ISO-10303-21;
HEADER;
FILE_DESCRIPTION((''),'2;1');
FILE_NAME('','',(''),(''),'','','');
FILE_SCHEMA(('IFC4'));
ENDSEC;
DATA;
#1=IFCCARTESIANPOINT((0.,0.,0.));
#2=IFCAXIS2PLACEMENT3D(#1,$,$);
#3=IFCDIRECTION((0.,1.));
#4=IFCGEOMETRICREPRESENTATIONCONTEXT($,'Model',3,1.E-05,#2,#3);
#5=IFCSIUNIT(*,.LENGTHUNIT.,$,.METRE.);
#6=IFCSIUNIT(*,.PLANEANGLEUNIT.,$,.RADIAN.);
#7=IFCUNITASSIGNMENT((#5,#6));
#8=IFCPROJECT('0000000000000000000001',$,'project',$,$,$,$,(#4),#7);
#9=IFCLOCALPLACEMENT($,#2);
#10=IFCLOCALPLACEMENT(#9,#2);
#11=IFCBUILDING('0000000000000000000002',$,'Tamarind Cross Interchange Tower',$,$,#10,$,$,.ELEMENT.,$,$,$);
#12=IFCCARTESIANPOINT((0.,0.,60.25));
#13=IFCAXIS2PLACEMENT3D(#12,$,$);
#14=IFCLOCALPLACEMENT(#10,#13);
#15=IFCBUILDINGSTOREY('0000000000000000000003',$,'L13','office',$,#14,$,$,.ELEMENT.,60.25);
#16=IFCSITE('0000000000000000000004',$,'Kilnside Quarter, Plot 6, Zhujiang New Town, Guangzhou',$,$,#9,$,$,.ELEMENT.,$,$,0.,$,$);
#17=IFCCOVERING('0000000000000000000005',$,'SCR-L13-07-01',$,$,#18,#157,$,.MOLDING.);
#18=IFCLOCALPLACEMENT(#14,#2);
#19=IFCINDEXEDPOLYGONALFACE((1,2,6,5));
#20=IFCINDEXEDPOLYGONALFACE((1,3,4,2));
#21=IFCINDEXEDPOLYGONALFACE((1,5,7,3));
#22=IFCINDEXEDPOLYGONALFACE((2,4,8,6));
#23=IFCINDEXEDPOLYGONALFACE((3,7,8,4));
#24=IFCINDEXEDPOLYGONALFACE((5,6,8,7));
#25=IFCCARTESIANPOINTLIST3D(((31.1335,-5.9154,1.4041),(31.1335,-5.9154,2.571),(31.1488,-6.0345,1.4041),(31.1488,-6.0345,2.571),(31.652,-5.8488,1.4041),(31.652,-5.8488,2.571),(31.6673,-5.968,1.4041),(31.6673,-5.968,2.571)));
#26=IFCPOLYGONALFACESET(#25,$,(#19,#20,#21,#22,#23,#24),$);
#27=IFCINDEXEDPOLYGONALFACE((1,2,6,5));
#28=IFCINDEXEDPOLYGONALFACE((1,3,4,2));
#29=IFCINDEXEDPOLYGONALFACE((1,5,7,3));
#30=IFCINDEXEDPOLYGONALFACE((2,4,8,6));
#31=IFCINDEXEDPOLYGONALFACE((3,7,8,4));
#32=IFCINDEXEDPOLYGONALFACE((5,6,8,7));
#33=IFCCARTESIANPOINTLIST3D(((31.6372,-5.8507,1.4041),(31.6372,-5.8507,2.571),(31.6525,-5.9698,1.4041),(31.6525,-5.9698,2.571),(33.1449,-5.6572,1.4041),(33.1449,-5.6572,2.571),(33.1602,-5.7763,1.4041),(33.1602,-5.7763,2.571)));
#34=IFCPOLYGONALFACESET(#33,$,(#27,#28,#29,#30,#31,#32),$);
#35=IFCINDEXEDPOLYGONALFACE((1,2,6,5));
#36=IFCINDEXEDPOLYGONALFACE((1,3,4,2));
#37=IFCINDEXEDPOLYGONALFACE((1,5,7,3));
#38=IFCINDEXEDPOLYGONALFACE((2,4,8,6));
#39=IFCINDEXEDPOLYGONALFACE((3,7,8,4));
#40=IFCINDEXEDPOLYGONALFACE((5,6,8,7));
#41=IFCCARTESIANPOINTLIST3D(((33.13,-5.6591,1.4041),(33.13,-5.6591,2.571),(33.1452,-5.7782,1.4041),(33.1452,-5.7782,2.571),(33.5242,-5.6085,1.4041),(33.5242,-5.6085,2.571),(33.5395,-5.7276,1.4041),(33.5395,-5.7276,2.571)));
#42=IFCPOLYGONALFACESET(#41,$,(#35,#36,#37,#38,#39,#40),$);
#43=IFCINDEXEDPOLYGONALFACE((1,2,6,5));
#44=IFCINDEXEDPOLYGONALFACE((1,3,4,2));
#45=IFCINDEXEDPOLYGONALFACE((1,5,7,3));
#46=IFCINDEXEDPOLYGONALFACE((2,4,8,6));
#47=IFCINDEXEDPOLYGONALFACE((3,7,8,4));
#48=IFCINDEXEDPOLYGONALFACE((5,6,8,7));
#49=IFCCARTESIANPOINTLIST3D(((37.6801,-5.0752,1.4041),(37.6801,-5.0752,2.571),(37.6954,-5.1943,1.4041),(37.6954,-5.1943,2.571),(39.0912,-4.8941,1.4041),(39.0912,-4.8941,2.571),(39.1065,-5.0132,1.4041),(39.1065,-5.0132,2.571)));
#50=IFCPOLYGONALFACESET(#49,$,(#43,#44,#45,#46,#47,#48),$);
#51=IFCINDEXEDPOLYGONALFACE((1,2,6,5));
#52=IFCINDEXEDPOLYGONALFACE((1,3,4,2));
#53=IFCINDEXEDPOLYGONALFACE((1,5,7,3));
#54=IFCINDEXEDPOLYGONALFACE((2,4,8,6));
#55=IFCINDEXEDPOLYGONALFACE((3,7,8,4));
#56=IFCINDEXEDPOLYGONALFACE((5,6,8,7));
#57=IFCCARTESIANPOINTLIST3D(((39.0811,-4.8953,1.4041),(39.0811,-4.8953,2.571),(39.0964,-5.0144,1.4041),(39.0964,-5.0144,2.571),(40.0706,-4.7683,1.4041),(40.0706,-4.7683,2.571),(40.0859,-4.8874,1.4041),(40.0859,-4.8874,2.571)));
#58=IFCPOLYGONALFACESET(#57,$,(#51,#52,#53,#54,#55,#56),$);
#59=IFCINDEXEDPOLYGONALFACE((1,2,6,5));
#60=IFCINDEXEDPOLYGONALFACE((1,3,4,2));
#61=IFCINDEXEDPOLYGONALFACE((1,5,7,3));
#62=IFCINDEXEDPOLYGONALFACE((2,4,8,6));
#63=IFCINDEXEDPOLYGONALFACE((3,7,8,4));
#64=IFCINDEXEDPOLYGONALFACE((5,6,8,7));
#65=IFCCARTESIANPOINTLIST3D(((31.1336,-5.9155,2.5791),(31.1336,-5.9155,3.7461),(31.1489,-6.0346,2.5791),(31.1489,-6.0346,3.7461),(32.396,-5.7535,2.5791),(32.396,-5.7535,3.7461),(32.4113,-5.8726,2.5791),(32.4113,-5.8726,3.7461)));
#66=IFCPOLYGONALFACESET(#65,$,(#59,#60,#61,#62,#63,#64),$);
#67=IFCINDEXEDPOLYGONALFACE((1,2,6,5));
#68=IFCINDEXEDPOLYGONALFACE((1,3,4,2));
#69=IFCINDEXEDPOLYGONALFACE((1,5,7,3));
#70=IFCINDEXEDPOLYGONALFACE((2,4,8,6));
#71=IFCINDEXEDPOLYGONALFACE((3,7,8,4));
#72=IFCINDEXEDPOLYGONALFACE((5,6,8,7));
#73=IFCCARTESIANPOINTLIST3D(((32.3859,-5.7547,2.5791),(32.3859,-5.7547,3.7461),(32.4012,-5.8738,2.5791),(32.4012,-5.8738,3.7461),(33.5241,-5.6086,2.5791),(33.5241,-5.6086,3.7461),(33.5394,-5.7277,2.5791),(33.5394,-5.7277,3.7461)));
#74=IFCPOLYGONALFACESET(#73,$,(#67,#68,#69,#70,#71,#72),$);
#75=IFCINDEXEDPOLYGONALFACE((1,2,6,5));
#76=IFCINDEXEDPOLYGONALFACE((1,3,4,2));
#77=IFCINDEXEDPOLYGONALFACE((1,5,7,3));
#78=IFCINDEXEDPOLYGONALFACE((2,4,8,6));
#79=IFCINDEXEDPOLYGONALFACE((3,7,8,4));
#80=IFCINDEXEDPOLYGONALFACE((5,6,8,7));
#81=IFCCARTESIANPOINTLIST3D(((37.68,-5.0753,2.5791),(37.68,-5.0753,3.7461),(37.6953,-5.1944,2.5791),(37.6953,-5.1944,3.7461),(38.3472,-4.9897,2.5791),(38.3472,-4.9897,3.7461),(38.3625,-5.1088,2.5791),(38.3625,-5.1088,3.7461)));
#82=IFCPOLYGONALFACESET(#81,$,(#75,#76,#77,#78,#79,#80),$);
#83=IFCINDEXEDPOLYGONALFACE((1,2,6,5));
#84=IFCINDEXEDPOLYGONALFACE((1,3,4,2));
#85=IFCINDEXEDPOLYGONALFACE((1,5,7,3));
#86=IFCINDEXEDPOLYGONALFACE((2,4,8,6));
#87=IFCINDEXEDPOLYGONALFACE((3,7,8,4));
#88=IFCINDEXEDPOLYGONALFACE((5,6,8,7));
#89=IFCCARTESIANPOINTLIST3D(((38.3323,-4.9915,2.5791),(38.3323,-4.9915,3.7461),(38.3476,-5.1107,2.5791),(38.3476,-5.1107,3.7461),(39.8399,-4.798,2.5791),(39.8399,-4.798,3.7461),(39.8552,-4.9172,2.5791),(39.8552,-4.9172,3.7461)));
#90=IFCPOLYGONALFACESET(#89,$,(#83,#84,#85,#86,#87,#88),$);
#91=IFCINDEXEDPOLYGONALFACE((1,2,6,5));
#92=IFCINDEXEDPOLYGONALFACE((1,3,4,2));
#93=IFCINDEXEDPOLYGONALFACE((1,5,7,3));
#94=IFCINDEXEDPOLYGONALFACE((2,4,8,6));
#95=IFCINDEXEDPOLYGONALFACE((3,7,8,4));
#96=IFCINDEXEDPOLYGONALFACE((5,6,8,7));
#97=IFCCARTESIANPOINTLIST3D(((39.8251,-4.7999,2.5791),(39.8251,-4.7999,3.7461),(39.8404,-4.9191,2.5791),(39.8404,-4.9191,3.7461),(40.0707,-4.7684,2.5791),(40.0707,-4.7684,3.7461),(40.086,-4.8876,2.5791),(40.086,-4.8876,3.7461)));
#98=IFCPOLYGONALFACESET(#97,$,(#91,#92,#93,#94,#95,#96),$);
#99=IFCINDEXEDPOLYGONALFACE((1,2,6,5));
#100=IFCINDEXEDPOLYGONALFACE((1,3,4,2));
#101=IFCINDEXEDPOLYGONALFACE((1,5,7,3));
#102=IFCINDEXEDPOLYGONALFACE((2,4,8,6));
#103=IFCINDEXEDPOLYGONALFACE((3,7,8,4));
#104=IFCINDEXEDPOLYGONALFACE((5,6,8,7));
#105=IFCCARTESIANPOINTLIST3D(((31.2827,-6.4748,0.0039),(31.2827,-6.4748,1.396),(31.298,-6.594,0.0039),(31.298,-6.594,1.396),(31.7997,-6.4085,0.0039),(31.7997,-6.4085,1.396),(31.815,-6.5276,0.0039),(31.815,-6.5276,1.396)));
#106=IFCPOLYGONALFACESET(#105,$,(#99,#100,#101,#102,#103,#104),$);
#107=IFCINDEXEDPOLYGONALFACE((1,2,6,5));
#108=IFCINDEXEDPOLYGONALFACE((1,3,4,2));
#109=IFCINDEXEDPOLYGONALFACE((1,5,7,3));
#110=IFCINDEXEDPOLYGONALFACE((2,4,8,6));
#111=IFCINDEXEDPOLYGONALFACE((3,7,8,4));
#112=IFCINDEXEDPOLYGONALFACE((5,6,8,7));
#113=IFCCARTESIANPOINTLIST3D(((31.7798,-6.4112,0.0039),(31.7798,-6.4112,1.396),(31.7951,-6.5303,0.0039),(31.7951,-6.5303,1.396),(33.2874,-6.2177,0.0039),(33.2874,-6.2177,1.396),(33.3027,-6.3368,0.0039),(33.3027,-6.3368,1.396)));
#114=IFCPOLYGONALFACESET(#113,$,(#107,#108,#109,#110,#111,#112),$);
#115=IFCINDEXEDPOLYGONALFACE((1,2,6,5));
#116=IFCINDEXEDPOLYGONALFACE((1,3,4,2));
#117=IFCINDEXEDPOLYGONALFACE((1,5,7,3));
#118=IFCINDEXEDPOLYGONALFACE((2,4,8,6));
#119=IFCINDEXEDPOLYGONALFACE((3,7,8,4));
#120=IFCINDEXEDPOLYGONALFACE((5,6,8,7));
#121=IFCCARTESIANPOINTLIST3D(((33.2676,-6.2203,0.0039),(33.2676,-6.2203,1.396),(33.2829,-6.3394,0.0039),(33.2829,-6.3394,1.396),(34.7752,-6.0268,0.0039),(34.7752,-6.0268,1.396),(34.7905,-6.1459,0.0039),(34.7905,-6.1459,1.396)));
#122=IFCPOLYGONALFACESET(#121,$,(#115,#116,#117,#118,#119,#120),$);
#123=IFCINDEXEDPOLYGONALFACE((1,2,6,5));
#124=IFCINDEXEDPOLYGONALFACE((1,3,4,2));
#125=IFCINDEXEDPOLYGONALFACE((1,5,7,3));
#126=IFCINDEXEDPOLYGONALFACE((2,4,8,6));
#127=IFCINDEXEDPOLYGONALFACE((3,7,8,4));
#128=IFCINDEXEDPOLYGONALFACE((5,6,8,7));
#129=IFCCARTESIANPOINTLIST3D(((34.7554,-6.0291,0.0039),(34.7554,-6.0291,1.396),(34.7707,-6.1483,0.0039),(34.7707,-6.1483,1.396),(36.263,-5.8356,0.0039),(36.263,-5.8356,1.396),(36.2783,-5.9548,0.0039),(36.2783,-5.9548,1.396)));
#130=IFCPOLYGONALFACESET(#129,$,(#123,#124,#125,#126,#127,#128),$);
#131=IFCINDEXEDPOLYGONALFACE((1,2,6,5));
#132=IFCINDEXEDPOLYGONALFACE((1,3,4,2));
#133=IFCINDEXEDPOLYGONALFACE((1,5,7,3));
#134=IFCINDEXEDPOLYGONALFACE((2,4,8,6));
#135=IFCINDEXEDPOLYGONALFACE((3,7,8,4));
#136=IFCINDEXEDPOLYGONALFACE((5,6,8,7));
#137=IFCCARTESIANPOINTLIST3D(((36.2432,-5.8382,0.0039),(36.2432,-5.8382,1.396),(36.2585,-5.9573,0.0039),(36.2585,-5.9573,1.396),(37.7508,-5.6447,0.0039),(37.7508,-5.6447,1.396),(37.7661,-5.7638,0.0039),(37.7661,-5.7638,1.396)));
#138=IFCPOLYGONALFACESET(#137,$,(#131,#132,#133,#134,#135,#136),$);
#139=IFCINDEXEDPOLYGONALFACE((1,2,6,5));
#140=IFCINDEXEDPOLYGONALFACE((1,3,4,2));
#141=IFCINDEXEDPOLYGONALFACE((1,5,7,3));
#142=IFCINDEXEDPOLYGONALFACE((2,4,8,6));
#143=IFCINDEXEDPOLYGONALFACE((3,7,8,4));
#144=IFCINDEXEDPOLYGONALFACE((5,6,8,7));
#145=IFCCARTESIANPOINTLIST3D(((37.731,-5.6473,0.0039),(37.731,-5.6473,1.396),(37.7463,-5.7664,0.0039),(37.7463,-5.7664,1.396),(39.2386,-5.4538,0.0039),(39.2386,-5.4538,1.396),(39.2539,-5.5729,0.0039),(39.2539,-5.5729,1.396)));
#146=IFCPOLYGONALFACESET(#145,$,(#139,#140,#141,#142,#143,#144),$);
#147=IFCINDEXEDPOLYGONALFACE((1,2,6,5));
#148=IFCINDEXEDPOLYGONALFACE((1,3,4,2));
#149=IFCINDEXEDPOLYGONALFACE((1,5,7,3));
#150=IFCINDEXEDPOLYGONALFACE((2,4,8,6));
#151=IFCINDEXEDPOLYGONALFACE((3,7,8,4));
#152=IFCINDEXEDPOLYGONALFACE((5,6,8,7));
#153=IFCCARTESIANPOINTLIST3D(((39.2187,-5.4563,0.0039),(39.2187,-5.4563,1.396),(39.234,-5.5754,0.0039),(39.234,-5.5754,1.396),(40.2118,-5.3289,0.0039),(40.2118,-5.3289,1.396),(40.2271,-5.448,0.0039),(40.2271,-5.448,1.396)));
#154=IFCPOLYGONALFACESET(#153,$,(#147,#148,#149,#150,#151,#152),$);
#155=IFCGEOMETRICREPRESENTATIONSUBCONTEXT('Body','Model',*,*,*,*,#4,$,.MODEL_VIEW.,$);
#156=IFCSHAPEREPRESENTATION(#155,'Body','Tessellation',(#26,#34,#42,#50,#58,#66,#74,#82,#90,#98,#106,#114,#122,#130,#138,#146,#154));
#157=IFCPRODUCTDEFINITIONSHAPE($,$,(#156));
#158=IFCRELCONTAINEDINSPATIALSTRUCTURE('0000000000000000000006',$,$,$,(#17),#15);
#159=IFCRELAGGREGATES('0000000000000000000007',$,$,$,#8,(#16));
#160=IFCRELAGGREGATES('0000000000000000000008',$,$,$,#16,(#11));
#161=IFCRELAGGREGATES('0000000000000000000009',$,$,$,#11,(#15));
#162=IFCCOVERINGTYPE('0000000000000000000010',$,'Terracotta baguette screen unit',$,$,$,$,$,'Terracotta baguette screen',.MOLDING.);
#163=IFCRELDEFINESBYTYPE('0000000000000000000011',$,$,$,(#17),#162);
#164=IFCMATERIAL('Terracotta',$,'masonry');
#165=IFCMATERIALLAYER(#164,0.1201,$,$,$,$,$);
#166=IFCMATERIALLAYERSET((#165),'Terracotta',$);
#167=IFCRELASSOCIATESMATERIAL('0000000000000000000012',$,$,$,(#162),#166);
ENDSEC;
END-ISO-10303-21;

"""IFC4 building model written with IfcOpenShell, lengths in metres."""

from ifc_helpers import new_model, si_unit, direction, frame, origin, origin_2d, place, context, subcontext, project, spatial, rectangle, extrude, material, layer, layer_set, type_object, element, save


model = new_model("IFC4")

# Units and contexts
model_context = context("Model", 3, precision=1e-05, world=origin(), true_north=direction((0.0, 1.0)))
body_context = subcontext(model_context, "Body", "Model", "MODEL_VIEW")
ifc_project = project(units=[si_unit("LENGTHUNIT", "METRE"), si_unit("PLANEANGLEUNIT", "RADIAN")], contexts=[model_context])

# Site, building, storey
site_placement = place(None, origin())
site = spatial("IfcSite", under=ifc_project, at=site_placement, Name="Kilnside Quarter, Plot 6, Zhujiang New Town, Guangzhou", CompositionType="ELEMENT", RefElevation=0.0)
building_placement = place(site_placement, origin())
building = spatial("IfcBuilding", under=site, at=building_placement, Name="Tamarind Cross Interchange Tower", CompositionType="ELEMENT")
storey_placement = place(building_placement, frame((0.0, 0.0, 60.25)))
storey = spatial("IfcBuildingStorey", under=building, at=storey_placement, Name="L13", Description="office", CompositionType="ELEMENT", Elevation=60.25)

# Covering
ifc_material_1 = material(Name="Terracotta", Category="masonry")
ifc_layer_1 = layer(ifc_material_1, 0.1201)
ifc_layer_set_1 = layer_set([ifc_layer_1], Name="Terracotta")
covering_type = type_object("IfcCoveringType", Name="Terracotta baguette screen unit", ElementType="Terracotta baguette screen", PredefinedType="MOLDING", material=ifc_layer_set_1)
covering_1_placement = place(storey_placement, origin())
element("IfcCovering", 1, at=covering_1_placement, inside=storey, type_object=covering_type, Name="SCR-L13-07-01", PredefinedType="MOLDING", context=body_context, shape_type="SweptSolid", body=[
    extrude(rectangle(XDim=0.5227, YDim=0.1201, at=origin_2d()), frame((31.4004, -5.9417, 1.4041), z_axis=(0.0, 0.0, 1.0), x_axis=(0.991864, 0.1273, 0.0)), (0.0, 0.0, 1.0), 1.167),
    extrude(rectangle(XDim=1.52, YDim=0.1201, at=origin_2d()), frame((32.3987, -5.8135, 1.4041), z_axis=(0.0, 0.0, 1.0), x_axis=(0.991864, 0.1273, 0.0)), (0.0, 0.0, 1.0), 1.167),
    extrude(rectangle(XDim=0.3975, YDim=0.1201, at=origin_2d()), frame((33.3347, -5.6934, 1.4041), z_axis=(0.0, 0.0, 1.0), x_axis=(0.991864, 0.1273, 0.0)), (0.0, 0.0, 1.0), 1.167),
    extrude(rectangle(XDim=1.4226, YDim=0.1201, at=origin_2d()), frame((38.3933, -5.0442, 1.4041), z_axis=(0.0, 0.0, 1.0), x_axis=(0.991864, 0.1273, 0.0)), (0.0, 0.0, 1.0), 1.167),
    extrude(rectangle(XDim=0.9976, YDim=0.1201, at=origin_2d()), frame((39.5835, -4.8914, 1.4041), z_axis=(0.0, 0.0, 1.0), x_axis=(0.991864, 0.1273, 0.0)), (0.0, 0.0, 1.0), 1.167),
    extrude(rectangle(XDim=1.2727, YDim=0.1201, at=origin_2d()), frame((31.7725, -5.894, 2.5791), z_axis=(0.0, 0.0, 1.0), x_axis=(0.991864, 0.1273, 0.0)), (0.0, 0.0, 1.0), 1.167),
    extrude(rectangle(XDim=1.1475, YDim=0.1201, at=origin_2d()), frame((32.9626, -5.7412, 2.5791), z_axis=(0.0, 0.0, 1.0), x_axis=(0.991864, 0.1273, 0.0)), (0.0, 0.0, 1.0), 1.167),
    extrude(rectangle(XDim=0.6726, YDim=0.1201, at=origin_2d()), frame((38.0212, -5.092, 2.5791), z_axis=(0.0, 0.0, 1.0), x_axis=(0.991864, 0.1273, 0.0)), (0.0, 0.0, 1.0), 1.167),
    extrude(rectangle(XDim=1.52, YDim=0.1201, at=origin_2d()), frame((39.0938, -4.9543, 2.5791), z_axis=(0.0, 0.0, 1.0), x_axis=(0.991864, 0.1273, 0.0)), (0.0, 0.0, 1.0), 1.167),
    extrude(rectangle(XDim=0.2476, YDim=0.1201, at=origin_2d()), frame((39.9556, -4.8438, 2.5791), z_axis=(0.0, 0.0, 1.0), x_axis=(0.991864, 0.1273, 0.0)), (0.0, 0.0, 1.0), 1.167),
    extrude(rectangle(XDim=0.5212, YDim=0.1201, at=origin_2d()), frame((31.5488, -6.5012, 0.0039), z_axis=(0.0, 0.0, 1.0), x_axis=(0.991864, 0.1273, 0.0)), (0.0, 0.0, 1.0), 1.3921),
    extrude(rectangle(XDim=1.52, YDim=0.1201, at=origin_2d()), frame((32.5413, -6.374, 0.0039), z_axis=(0.0, 0.0, 1.0), x_axis=(0.991864, 0.1273, 0.0)), (0.0, 0.0, 1.0), 1.3921),
    extrude(rectangle(XDim=1.52, YDim=0.1201, at=origin_2d()), frame((34.0291, -6.1831, 0.0039), z_axis=(0.0, 0.0, 1.0), x_axis=(0.991864, 0.1273, 0.0)), (0.0, 0.0, 1.0), 1.3921),
    extrude(rectangle(XDim=1.52, YDim=0.1201, at=origin_2d()), frame((35.5168, -5.9919, 0.0039), z_axis=(0.0, 0.0, 1.0), x_axis=(0.991864, 0.1273, 0.0)), (0.0, 0.0, 1.0), 1.3921),
    extrude(rectangle(XDim=1.52, YDim=0.1201, at=origin_2d()), frame((37.0046, -5.801, 0.0039), z_axis=(0.0, 0.0, 1.0), x_axis=(0.991864, 0.1273, 0.0)), (0.0, 0.0, 1.0), 1.3921),
    extrude(rectangle(XDim=1.52, YDim=0.1201, at=origin_2d()), frame((38.4924, -5.6101, 0.0039), z_axis=(0.0, 0.0, 1.0), x_axis=(0.991864, 0.1273, 0.0)), (0.0, 0.0, 1.0), 1.3921),
    extrude(rectangle(XDim=1.0012, YDim=0.1201, at=origin_2d()), frame((39.7229, -5.4521, 0.0039), z_axis=(0.0, 0.0, 1.0), x_axis=(0.991864, 0.1273, 0.0)), (0.0, 0.0, 1.0), 1.3921),
])

save(model, "model.ifc")
